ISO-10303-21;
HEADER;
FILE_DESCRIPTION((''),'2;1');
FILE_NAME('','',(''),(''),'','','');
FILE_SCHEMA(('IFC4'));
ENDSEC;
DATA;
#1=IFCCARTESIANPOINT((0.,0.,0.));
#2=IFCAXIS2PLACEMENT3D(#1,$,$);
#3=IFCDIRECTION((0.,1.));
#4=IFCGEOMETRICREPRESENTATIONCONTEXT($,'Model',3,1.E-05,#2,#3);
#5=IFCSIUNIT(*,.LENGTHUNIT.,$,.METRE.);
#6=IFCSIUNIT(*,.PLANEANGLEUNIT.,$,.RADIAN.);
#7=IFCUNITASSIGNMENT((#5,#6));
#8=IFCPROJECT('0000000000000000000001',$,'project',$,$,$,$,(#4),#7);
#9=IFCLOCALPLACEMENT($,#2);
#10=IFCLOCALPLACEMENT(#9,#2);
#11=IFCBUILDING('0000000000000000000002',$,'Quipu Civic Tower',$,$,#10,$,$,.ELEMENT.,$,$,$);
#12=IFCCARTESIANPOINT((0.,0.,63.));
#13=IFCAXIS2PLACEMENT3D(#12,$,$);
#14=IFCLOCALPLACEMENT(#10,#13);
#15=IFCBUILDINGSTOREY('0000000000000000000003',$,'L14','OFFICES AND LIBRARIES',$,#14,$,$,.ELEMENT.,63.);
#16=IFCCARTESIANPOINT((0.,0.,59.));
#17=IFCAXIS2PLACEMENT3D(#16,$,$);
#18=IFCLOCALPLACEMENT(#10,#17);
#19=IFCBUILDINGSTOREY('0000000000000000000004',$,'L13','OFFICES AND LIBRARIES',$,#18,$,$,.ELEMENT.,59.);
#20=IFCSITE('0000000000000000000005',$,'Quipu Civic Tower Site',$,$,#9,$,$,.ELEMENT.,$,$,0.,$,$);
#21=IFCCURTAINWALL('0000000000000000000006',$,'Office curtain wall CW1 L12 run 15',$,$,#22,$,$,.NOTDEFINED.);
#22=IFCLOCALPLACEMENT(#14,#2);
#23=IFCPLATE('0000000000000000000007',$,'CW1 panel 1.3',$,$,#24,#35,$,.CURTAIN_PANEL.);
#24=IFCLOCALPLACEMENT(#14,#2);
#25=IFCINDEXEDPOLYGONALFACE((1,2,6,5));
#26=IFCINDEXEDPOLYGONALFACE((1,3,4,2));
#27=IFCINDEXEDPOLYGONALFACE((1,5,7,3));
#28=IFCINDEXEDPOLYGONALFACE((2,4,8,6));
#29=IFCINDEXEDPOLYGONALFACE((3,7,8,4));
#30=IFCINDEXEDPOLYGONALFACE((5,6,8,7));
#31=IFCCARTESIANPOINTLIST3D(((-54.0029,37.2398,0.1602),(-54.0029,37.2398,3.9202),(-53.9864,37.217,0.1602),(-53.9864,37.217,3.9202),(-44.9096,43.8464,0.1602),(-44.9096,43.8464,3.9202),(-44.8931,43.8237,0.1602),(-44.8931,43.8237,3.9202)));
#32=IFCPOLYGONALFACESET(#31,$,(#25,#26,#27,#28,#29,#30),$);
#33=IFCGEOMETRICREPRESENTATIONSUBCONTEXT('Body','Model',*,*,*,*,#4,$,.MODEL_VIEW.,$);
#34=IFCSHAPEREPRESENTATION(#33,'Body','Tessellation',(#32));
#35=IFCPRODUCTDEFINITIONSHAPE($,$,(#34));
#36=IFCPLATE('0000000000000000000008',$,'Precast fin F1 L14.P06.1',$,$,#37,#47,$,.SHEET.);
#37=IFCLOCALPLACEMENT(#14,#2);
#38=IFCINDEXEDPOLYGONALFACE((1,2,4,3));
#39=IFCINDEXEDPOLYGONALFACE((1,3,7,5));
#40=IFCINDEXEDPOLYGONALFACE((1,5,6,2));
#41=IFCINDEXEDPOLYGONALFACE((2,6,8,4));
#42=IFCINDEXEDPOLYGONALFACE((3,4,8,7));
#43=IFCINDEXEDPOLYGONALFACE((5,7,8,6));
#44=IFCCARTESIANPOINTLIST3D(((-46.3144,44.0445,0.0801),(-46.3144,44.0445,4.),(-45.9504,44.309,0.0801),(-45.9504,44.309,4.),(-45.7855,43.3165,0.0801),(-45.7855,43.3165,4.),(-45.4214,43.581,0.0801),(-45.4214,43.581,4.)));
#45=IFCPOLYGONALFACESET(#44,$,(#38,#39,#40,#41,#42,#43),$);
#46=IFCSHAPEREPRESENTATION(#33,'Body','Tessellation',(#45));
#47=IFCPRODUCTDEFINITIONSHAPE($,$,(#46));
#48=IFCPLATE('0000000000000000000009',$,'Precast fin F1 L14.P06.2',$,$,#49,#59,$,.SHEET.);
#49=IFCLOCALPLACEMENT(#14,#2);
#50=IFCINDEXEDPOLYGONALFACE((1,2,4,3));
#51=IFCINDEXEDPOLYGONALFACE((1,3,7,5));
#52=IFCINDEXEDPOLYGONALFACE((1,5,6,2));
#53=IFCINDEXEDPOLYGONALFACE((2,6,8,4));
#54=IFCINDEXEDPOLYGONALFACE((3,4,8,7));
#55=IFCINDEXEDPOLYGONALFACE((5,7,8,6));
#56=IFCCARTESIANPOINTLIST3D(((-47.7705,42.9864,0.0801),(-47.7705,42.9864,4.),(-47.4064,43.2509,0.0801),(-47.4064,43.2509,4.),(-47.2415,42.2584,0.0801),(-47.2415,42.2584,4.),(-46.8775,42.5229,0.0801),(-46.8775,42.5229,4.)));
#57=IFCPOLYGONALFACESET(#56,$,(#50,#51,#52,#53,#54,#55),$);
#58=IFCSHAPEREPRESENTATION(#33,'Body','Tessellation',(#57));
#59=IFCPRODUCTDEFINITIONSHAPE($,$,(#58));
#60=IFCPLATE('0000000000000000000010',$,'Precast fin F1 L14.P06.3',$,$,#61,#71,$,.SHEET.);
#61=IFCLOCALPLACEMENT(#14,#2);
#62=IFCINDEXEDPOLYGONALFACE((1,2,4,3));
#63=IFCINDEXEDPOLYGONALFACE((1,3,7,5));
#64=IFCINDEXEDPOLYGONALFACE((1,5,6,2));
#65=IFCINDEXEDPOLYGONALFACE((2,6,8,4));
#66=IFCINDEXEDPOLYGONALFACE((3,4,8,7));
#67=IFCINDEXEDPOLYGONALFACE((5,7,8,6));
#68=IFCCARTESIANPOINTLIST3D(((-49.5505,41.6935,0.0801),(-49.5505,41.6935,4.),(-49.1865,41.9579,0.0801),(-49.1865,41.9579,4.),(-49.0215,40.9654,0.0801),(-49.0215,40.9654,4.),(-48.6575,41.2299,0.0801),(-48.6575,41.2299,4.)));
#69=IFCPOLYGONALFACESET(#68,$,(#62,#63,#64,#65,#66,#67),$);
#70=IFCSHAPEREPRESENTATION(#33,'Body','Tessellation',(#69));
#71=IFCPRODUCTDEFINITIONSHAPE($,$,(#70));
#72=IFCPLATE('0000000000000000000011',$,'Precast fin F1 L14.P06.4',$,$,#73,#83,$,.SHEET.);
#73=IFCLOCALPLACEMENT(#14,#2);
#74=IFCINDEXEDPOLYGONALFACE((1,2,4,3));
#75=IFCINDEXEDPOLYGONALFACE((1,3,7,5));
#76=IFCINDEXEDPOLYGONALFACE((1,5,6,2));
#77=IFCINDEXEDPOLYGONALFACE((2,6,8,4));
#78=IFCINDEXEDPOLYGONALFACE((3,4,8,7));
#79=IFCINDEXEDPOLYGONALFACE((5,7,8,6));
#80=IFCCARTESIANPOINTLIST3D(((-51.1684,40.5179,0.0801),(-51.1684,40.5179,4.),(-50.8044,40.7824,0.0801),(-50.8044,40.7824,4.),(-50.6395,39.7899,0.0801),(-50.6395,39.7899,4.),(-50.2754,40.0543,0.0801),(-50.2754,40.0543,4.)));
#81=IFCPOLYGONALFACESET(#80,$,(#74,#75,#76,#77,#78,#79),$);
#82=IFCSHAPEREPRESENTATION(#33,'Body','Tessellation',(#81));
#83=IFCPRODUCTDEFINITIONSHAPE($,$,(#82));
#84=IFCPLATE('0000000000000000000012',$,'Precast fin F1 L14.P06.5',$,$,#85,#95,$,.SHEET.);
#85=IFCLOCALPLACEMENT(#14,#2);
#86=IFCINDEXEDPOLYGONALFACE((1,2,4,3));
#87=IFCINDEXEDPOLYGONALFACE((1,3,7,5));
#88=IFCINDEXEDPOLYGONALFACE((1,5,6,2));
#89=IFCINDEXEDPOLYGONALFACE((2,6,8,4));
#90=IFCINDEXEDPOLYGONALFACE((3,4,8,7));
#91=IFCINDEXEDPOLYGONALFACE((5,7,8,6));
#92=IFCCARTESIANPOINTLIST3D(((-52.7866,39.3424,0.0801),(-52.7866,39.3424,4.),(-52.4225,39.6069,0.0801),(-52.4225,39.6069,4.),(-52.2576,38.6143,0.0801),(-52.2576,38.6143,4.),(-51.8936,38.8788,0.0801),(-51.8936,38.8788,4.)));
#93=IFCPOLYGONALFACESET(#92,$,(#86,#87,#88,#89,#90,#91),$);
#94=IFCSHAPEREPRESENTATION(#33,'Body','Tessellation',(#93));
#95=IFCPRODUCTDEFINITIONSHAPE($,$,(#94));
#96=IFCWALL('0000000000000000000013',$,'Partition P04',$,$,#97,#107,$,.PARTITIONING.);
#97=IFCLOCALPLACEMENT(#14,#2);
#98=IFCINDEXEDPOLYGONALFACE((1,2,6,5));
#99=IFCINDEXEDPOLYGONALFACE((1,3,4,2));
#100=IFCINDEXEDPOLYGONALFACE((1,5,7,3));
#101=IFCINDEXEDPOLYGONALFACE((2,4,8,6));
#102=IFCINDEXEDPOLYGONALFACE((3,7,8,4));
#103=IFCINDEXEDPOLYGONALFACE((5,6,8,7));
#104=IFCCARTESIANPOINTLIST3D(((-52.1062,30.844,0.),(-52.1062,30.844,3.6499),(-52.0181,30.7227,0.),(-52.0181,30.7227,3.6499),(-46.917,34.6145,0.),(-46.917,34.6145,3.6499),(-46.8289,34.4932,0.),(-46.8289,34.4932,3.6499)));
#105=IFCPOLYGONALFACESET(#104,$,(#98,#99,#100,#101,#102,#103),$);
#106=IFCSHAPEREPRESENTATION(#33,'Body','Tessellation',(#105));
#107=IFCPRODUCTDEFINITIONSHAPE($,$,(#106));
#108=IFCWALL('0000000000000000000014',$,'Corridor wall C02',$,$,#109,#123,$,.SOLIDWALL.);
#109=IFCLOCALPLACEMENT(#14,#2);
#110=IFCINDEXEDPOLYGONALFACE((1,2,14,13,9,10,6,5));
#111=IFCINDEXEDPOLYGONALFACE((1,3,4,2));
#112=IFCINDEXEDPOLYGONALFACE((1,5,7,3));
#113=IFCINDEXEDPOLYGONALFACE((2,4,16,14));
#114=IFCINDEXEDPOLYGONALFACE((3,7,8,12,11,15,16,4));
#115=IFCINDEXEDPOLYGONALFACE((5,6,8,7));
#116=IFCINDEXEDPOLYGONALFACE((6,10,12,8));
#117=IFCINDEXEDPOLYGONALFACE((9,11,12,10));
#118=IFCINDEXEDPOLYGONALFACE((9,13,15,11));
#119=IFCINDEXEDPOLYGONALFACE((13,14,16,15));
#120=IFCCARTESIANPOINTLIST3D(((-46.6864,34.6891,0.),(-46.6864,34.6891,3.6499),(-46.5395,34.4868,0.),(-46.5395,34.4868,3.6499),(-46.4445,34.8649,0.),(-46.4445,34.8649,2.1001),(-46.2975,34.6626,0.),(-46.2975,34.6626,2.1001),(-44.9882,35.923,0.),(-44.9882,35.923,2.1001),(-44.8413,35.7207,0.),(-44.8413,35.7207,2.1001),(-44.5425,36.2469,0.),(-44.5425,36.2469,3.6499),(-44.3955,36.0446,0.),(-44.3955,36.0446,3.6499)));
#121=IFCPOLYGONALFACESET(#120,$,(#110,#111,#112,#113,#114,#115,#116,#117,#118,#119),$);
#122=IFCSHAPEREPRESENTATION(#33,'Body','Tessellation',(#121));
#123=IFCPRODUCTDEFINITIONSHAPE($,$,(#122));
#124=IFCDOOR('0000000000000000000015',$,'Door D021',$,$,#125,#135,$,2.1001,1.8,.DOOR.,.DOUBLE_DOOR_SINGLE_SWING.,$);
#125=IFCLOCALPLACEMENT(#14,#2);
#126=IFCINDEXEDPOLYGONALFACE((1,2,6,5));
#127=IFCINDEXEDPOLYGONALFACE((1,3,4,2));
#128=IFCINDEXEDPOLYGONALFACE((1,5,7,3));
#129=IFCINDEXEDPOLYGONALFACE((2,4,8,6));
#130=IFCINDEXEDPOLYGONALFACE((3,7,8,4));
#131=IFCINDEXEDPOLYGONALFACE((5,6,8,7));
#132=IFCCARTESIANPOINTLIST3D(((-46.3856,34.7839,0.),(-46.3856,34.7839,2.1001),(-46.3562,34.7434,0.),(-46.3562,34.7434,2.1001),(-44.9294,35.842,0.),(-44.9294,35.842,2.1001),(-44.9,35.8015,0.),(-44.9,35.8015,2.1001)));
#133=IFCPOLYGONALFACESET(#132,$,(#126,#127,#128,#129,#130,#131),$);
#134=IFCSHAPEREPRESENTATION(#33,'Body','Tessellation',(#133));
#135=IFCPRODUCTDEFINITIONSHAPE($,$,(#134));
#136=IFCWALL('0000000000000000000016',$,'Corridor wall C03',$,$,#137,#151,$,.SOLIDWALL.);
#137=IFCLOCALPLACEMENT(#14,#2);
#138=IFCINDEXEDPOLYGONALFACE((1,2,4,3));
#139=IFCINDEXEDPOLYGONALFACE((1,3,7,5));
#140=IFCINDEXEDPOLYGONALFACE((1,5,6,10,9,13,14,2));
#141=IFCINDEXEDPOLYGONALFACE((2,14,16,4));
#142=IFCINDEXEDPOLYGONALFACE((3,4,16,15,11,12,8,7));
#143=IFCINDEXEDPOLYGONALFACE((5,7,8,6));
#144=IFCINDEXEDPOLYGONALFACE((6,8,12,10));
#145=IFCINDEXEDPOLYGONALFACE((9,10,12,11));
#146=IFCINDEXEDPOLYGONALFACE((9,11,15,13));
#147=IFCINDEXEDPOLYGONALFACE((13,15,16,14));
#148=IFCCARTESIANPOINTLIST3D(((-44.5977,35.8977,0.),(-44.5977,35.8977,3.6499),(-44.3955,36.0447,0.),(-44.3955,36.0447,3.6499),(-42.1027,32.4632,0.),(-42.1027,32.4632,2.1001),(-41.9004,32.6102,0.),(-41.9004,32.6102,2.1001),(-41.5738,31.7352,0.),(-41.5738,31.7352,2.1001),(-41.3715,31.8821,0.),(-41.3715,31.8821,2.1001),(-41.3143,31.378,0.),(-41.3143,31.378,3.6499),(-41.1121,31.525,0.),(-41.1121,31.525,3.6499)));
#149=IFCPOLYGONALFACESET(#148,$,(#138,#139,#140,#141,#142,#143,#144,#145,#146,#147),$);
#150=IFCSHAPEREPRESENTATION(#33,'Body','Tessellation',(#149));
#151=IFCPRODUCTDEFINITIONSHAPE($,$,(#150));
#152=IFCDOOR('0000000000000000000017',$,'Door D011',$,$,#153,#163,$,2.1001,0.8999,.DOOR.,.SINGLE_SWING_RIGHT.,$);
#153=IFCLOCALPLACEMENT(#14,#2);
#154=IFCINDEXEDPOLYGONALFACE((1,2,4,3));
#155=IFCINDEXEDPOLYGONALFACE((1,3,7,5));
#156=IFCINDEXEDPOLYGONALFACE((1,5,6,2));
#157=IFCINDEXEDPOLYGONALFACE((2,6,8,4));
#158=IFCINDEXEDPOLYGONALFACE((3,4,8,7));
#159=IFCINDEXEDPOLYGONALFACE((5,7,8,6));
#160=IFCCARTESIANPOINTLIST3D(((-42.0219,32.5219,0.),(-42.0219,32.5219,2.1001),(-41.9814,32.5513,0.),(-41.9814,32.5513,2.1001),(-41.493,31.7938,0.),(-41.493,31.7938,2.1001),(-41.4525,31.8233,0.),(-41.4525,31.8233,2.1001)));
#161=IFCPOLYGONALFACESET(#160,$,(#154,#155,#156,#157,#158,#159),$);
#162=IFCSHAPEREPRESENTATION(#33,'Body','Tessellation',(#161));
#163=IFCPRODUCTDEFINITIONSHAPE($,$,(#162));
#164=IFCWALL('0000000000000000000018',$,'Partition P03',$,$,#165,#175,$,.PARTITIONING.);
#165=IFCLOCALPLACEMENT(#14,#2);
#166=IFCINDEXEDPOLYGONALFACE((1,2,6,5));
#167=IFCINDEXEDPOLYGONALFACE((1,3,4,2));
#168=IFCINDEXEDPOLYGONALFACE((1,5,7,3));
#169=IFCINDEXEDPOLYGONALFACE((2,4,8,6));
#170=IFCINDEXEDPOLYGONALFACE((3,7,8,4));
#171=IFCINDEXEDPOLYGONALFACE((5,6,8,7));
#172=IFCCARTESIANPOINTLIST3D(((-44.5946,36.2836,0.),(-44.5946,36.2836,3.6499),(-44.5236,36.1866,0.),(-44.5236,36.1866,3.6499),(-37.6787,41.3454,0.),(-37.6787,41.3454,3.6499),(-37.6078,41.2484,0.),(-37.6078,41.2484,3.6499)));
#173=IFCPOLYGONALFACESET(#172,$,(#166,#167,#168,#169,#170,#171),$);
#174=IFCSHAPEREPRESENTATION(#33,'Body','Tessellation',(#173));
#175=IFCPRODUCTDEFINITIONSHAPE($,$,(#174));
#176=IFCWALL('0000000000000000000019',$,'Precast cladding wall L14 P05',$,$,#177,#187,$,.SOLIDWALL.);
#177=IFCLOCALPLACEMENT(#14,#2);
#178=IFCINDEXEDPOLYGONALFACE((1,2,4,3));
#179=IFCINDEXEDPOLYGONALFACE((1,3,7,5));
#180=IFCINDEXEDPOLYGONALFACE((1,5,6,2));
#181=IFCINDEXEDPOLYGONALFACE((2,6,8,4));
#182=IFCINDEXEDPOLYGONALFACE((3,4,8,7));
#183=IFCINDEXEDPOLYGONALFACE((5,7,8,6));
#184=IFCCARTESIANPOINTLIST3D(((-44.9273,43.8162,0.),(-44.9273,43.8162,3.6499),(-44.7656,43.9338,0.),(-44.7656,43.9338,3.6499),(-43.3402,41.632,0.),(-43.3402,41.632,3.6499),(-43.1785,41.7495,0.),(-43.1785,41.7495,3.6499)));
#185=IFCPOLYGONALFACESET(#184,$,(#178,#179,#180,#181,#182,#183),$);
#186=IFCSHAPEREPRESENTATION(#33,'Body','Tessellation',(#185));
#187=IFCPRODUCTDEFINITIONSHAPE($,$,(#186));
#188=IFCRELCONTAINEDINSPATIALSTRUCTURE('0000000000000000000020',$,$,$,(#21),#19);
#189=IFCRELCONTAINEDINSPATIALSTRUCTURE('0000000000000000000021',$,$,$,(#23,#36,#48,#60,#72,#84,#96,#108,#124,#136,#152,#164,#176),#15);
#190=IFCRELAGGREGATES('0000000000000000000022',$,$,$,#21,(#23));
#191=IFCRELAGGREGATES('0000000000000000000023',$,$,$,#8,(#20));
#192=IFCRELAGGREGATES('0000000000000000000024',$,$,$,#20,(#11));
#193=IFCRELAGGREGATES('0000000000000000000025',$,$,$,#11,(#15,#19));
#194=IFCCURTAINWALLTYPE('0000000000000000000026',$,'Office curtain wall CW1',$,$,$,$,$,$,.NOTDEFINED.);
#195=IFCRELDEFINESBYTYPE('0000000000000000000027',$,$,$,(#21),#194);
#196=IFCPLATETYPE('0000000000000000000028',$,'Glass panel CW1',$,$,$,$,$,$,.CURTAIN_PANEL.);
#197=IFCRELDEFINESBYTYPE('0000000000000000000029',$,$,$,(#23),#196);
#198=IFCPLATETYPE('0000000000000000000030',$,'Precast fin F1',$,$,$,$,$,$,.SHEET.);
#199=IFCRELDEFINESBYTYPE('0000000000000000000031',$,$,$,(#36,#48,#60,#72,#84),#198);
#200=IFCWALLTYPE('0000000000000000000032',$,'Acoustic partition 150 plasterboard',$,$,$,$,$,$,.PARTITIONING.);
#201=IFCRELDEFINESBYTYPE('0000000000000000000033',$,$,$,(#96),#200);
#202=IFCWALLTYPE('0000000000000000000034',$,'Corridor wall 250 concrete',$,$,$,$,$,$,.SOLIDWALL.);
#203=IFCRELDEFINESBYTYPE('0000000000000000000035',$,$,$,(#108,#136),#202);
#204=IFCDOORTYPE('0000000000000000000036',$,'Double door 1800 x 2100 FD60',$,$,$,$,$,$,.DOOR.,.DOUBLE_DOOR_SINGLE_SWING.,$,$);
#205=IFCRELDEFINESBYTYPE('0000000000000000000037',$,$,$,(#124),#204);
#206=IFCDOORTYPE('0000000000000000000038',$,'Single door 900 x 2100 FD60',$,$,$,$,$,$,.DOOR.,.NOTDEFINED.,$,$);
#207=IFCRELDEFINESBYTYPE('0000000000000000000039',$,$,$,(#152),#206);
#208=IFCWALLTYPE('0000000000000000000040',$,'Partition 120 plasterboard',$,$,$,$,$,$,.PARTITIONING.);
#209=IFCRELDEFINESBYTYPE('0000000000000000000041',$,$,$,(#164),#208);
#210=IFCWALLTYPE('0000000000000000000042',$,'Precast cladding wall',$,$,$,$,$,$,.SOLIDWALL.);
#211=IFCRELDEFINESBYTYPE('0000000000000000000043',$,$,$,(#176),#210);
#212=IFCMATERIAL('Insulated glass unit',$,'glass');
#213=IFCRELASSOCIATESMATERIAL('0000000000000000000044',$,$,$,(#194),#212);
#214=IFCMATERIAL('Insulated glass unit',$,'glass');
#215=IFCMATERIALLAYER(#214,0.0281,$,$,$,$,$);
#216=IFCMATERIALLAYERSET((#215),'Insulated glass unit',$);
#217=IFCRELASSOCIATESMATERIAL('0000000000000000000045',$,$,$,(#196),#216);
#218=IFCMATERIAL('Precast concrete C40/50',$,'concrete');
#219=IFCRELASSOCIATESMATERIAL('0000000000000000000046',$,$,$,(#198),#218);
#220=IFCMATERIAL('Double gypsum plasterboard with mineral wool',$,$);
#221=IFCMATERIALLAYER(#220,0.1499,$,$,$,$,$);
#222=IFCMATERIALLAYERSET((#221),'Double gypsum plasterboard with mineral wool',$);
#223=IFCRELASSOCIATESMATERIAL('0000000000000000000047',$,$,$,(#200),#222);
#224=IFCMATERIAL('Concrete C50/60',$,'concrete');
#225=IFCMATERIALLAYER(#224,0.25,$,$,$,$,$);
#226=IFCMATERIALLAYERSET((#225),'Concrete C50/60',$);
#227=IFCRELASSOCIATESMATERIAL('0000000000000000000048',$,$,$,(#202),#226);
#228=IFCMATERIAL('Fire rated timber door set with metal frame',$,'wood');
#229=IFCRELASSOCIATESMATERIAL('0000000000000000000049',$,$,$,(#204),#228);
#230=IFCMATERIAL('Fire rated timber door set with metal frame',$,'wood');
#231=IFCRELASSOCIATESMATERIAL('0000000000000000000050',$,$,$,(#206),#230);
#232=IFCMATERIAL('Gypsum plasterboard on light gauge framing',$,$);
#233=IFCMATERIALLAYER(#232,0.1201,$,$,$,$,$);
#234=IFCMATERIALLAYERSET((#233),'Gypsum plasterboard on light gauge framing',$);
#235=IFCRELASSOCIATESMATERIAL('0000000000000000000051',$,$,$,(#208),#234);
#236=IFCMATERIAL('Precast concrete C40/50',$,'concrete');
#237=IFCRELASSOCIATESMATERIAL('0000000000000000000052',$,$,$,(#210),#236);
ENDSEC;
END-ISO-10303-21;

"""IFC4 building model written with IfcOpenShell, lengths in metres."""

from ifc_helpers import new_model, si_unit, direction, frame, frame_2d, origin, origin_2d, place, context, subcontext, project, spatial, rectangle, extrude, material, layer, layer_set, type_object, element, fill, aggregate, save


model = new_model("IFC4")

# Units and contexts
model_context = context("Model", 3, precision=1e-05, world=origin(), true_north=direction((0.0, 1.0)))
body_context = subcontext(model_context, "Body", "Model", "MODEL_VIEW")
ifc_project = project(units=[si_unit("LENGTHUNIT", "METRE"), si_unit("PLANEANGLEUNIT", "RADIAN")], contexts=[model_context])

# Site, building, storey
site_placement = place(None, origin())
site = spatial("IfcSite", under=ifc_project, at=site_placement, Name="Quipu Civic Tower Site", CompositionType="ELEMENT", RefElevation=0.0)
building_placement = place(site_placement, origin())
building = spatial("IfcBuilding", under=site, at=building_placement, Name="Quipu Civic Tower", CompositionType="ELEMENT")
storey_1_placement = place(building_placement, frame((0.0, 0.0, 63.0)))
storey_1 = spatial("IfcBuildingStorey", under=building, at=storey_1_placement, Name="L14", Description="OFFICES AND LIBRARIES", CompositionType="ELEMENT", Elevation=63.0)

# Shared definitions
storey_2_placement = place(building_placement, frame((0.0, 0.0, 59.0)))
storey_2 = spatial("IfcBuildingStorey", under=building, at=storey_2_placement, Name="L13", Description="OFFICES AND LIBRARIES", CompositionType="ELEMENT", Elevation=59.0)

# Curtain wall, plate
ifc_material_1 = material(Name="Insulated glass unit", Category="glass")
curtain_wall_type = type_object("IfcCurtainWallType", Name="Office curtain wall CW1", PredefinedType="NOTDEFINED", material=ifc_material_1)
curtain_wall_placement = place(storey_2_placement, origin())
curtain_wall = element("IfcCurtainWall", 1, at=curtain_wall_placement, inside=storey_2, type_object=curtain_wall_type, Name="Office curtain wall CW1 L12 run 15", PredefinedType="NOTDEFINED")
ifc_material_2 = material(Name="Insulated glass unit", Category="glass")
ifc_layer_1 = layer(ifc_material_2, 0.0281)
ifc_layer_set_1 = layer_set([ifc_layer_1], Name="Insulated glass unit")
plate_type_1 = type_object("IfcPlateType", Name="Glass panel CW1", PredefinedType="CURTAIN_PANEL", material=ifc_layer_set_1)
plate_placement = place(storey_1_placement, frame((-49.448, 40.5317, 0.1602), z_axis=(0.0, 0.0, 1.0), x_axis=(-0.809019, -0.587782, 0.0)))
plate = element("IfcPlate", 2, at=plate_placement, inside=storey_1, type_object=plate_type_1, Name="CW1 panel 1.3", PredefinedType="CURTAIN_PANEL", context=body_context, shape_type="SweptSolid", body=[
    extrude(rectangle(XDim=11.24, YDim=0.0281, at=origin_2d()), origin(), (0.0, 0.0, 1.0), 3.76),
])
aggregate(curtain_wall, [plate])

# Plates
ifc_material_3 = material(Name="Precast concrete C40/50", Category="concrete")
plate_type_2 = type_object("IfcPlateType", Name="Precast fin F1", PredefinedType="SHEET", material=ifc_material_3)
for number, where, z_axis, x_axis, name in (
    (3, (-45.8679, 43.8127, 0.0801), (0.0, 0.0, 1.0), (-0.809021, -0.587779, 0.0), "Precast fin F1 L14.P06.1"),
    (4, (-47.324, 42.7546, 0.0801), (0.0, 0.0, 1.0), (-0.809021, -0.587779, 0.0), "Precast fin F1 L14.P06.2"),
    (5, (-49.104, 41.4617, 0.0801), (0.0, 0.0, 1.0), (-0.809021, -0.587779, 0.0), "Precast fin F1 L14.P06.3"),
    (6, (-50.7219, 40.2861, 0.0801), (0.0, 0.0, 1.0), (-0.809021, -0.587779, 0.0), "Precast fin F1 L14.P06.4"),
    (7, (-52.3401, 39.1106, 0.0801), (0.0, 0.0, 1.0), (-0.809021, -0.587779, 0.0), "Precast fin F1 L14.P06.5"),
):
    element("IfcPlate", number, at=place(storey_1_placement, frame(where, z_axis=z_axis, x_axis=x_axis)), inside=storey_1, type_object=plate_type_2, Name=name, PredefinedType="SHEET", context=body_context, shape_type="SweptSolid", body=[
        extrude(rectangle(XDim=0.45, YDim=0.8999, at=origin_2d()), origin(), (0.0, 0.0, 1.0), 3.9199),
    ])

# Wall
ifc_material_4 = material(Name="Double gypsum plasterboard with mineral wool")
ifc_layer_2 = layer(ifc_material_4, 0.1499)
ifc_layer_set_2 = layer_set([ifc_layer_2], Name="Double gypsum plasterboard with mineral wool")
wall_type_1 = type_object("IfcWallType", Name="Acoustic partition 150 plasterboard", PredefinedType="PARTITIONING", material=ifc_layer_set_2)
wall_1_placement = place(storey_1_placement, frame((-52.062, 30.7834, 0.0), z_axis=(0.0, 0.0, 1.0), x_axis=(0.808993, 0.587819, 0.0)))
element("IfcWall", 8, at=wall_1_placement, inside=storey_1, type_object=wall_type_1, Name="Partition P04", PredefinedType="PARTITIONING", context=body_context, shape_type="SweptSolid", body=[
    extrude(rectangle(XDim=6.4143, YDim=0.1499, at=frame_2d((3.207, 0.0))), origin(), (0.0, 0.0, 1.0), 3.6499),
])

# Walls, openings, doors
ifc_material_5 = material(Name="Concrete C50/60", Category="concrete")
ifc_layer_3 = layer(ifc_material_5, 0.25)
ifc_layer_set_3 = layer_set([ifc_layer_3], Name="Concrete C50/60")
wall_type_2 = type_object("IfcWallType", Name="Corridor wall 250 concrete", PredefinedType="SOLIDWALL", material=ifc_layer_set_3)
wall_2_placement = place(storey_1_placement, frame((-46.613, 34.5879, 0.0), z_axis=(0.0, 0.0, 1.0), x_axis=(0.808995, 0.587816, 0.0)))
wall_2 = element("IfcWall", 9, at=wall_2_placement, inside=storey_1, type_object=wall_type_2, Name="Corridor wall C02", PredefinedType="SOLIDWALL", context=body_context, shape_type="SweptSolid", body=[
    extrude(rectangle(XDim=2.6501, YDim=0.25, at=frame_2d((1.3252, 0.0))), origin(), (0.0, 0.0, 1.0), 3.6499),
])
opening_1_placement = place(wall_2_placement, frame((0.2993, 0.0, 0.0)))
opening_1 = element("IfcOpeningElement", 10, at=opening_1_placement, cuts=wall_2, PredefinedType="OPENING", context=body_context, shape_type="SweptSolid", body=[
    extrude(rectangle(XDim=1.8, YDim=2.1001, at=frame_2d((0.8999, 1.05))), frame((0.0, 0.135, 0.0), z_axis=(0.0, -1.0, 0.0), x_axis=(1.0, 0.0, 0.0)), (0.0, 0.0, 1.0), 0.27),
])
ifc_material_6 = material(Name="Fire rated timber door set with metal frame", Category="wood")
door_type_1 = type_object("IfcDoorType", Name="Double door 1800 x 2100 FD60", OperationType="DOUBLE_DOOR_SINGLE_SWING", PredefinedType="DOOR", material=ifc_material_6)
door_1_placement = place(opening_1_placement, origin())
door_1 = element("IfcDoor", 11, at=door_1_placement, inside=storey_1, type_object=door_type_1, Name="Door D021", OperationType="DOUBLE_DOOR_SINGLE_SWING", OverallHeight=2.1001, OverallWidth=1.8, PredefinedType="DOOR", context=body_context, shape_type="SweptSolid", body=[
    extrude(rectangle(XDim=1.8, YDim=2.1001, at=frame_2d((0.8999, 1.05))), frame((0.0, 0.0249, 0.0), z_axis=(0.0, -1.0, 0.0), x_axis=(1.0, 0.0, 0.0)), (0.0, 0.0, 1.0), 0.05),
])
fill(opening_1, door_1)
wall_3_placement = place(storey_1_placement, frame((-44.4966, 35.9712, 0.0), z_axis=(0.0, 0.0, 1.0), x_axis=(0.587743, -0.809048, 0.0)))
wall_3 = element("IfcWall", 12, at=wall_3_placement, inside=storey_1, type_object=wall_type_2, Name="Corridor wall C03", PredefinedType="SOLIDWALL", context=body_context, shape_type="SweptSolid", body=[
    extrude(rectangle(XDim=5.5864, YDim=0.25, at=frame_2d((2.7932, 0.0))), origin(), (0.0, 0.0, 1.0), 3.6499),
])
opening_2_placement = place(wall_3_placement, frame((4.2451, 0.0, 0.0)))
opening_2 = element("IfcOpeningElement", 13, at=opening_2_placement, cuts=wall_3, PredefinedType="OPENING", context=body_context, shape_type="SweptSolid", body=[
    extrude(rectangle(XDim=0.8999, YDim=2.1001, at=frame_2d((0.45, 1.05))), frame((0.0, 0.135, 0.0), z_axis=(0.0, -1.0, 0.0), x_axis=(1.0, 0.0, 0.0)), (0.0, 0.0, 1.0), 0.27),
])
ifc_material_7 = material(Name="Fire rated timber door set with metal frame", Category="wood")
door_type_2 = type_object("IfcDoorType", Name="Single door 900 x 2100 FD60", OperationType="NOTDEFINED", PredefinedType="DOOR", material=ifc_material_7)
door_2_placement = place(opening_2_placement, origin())
door_2 = element("IfcDoor", 14, at=door_2_placement, inside=storey_1, type_object=door_type_2, Name="Door D011", OperationType="SINGLE_SWING_RIGHT", OverallHeight=2.1001, OverallWidth=0.8999, PredefinedType="DOOR", context=body_context, shape_type="SweptSolid", body=[
    extrude(rectangle(XDim=0.8999, YDim=2.1001, at=frame_2d((0.45, 1.05))), frame((0.0, 0.0249, 0.0), z_axis=(0.0, -1.0, 0.0), x_axis=(1.0, 0.0, 0.0)), (0.0, 0.0, 1.0), 0.05),
])
fill(opening_2, door_2)

# Walls
ifc_material_8 = material(Name="Gypsum plasterboard on light gauge framing")
ifc_layer_4 = layer(ifc_material_8, 0.1201)
ifc_layer_set_4 = layer_set([ifc_layer_4], Name="Gypsum plasterboard on light gauge framing")
wall_type_3 = type_object("IfcWallType", Name="Partition 120 plasterboard", PredefinedType="PARTITIONING", material=ifc_layer_set_4)
wall_4_placement = place(storey_1_placement, frame((-44.5591, 36.2351, 0.0), z_axis=(0.0, 0.0, 1.0), x_axis=(0.80695, 0.59062, 0.0)))
element("IfcWall", 15, at=wall_4_placement, inside=storey_1, type_object=wall_type_3, Name="Partition P03", PredefinedType="PARTITIONING", context=body_context, shape_type="SweptSolid", body=[
    extrude(rectangle(XDim=8.5703, YDim=0.1201, at=frame_2d((4.2852, 0.0))), origin(), (0.0, 0.0, 1.0), 3.6499),
])
ifc_material_9 = material(Name="Precast concrete C40/50", Category="concrete")
wall_type_4 = type_object("IfcWallType", Name="Precast cladding wall", PredefinedType="SOLIDWALL", material=ifc_material_9)
for number, where, z_axis, x_axis, name in (
    (16, (-43.2593, 41.6907, 0.0), (0.0, 0.0, 1.0), (-0.587822, 0.80899, 0.0), "Precast cladding wall L14 P05"),
):
    element("IfcWall", number, at=place(storey_1_placement, frame(where, z_axis=z_axis, x_axis=x_axis)), inside=storey_1, type_object=wall_type_4, Name=name, PredefinedType="SOLIDWALL", context=body_context, shape_type="SweptSolid", body=[
        extrude(rectangle(XDim=2.7, YDim=0.2, at=frame_2d((1.3501, 0.0))), origin(), (0.0, 0.0, 1.0), 3.6499),
    ])

save(model, "model.ifc")
